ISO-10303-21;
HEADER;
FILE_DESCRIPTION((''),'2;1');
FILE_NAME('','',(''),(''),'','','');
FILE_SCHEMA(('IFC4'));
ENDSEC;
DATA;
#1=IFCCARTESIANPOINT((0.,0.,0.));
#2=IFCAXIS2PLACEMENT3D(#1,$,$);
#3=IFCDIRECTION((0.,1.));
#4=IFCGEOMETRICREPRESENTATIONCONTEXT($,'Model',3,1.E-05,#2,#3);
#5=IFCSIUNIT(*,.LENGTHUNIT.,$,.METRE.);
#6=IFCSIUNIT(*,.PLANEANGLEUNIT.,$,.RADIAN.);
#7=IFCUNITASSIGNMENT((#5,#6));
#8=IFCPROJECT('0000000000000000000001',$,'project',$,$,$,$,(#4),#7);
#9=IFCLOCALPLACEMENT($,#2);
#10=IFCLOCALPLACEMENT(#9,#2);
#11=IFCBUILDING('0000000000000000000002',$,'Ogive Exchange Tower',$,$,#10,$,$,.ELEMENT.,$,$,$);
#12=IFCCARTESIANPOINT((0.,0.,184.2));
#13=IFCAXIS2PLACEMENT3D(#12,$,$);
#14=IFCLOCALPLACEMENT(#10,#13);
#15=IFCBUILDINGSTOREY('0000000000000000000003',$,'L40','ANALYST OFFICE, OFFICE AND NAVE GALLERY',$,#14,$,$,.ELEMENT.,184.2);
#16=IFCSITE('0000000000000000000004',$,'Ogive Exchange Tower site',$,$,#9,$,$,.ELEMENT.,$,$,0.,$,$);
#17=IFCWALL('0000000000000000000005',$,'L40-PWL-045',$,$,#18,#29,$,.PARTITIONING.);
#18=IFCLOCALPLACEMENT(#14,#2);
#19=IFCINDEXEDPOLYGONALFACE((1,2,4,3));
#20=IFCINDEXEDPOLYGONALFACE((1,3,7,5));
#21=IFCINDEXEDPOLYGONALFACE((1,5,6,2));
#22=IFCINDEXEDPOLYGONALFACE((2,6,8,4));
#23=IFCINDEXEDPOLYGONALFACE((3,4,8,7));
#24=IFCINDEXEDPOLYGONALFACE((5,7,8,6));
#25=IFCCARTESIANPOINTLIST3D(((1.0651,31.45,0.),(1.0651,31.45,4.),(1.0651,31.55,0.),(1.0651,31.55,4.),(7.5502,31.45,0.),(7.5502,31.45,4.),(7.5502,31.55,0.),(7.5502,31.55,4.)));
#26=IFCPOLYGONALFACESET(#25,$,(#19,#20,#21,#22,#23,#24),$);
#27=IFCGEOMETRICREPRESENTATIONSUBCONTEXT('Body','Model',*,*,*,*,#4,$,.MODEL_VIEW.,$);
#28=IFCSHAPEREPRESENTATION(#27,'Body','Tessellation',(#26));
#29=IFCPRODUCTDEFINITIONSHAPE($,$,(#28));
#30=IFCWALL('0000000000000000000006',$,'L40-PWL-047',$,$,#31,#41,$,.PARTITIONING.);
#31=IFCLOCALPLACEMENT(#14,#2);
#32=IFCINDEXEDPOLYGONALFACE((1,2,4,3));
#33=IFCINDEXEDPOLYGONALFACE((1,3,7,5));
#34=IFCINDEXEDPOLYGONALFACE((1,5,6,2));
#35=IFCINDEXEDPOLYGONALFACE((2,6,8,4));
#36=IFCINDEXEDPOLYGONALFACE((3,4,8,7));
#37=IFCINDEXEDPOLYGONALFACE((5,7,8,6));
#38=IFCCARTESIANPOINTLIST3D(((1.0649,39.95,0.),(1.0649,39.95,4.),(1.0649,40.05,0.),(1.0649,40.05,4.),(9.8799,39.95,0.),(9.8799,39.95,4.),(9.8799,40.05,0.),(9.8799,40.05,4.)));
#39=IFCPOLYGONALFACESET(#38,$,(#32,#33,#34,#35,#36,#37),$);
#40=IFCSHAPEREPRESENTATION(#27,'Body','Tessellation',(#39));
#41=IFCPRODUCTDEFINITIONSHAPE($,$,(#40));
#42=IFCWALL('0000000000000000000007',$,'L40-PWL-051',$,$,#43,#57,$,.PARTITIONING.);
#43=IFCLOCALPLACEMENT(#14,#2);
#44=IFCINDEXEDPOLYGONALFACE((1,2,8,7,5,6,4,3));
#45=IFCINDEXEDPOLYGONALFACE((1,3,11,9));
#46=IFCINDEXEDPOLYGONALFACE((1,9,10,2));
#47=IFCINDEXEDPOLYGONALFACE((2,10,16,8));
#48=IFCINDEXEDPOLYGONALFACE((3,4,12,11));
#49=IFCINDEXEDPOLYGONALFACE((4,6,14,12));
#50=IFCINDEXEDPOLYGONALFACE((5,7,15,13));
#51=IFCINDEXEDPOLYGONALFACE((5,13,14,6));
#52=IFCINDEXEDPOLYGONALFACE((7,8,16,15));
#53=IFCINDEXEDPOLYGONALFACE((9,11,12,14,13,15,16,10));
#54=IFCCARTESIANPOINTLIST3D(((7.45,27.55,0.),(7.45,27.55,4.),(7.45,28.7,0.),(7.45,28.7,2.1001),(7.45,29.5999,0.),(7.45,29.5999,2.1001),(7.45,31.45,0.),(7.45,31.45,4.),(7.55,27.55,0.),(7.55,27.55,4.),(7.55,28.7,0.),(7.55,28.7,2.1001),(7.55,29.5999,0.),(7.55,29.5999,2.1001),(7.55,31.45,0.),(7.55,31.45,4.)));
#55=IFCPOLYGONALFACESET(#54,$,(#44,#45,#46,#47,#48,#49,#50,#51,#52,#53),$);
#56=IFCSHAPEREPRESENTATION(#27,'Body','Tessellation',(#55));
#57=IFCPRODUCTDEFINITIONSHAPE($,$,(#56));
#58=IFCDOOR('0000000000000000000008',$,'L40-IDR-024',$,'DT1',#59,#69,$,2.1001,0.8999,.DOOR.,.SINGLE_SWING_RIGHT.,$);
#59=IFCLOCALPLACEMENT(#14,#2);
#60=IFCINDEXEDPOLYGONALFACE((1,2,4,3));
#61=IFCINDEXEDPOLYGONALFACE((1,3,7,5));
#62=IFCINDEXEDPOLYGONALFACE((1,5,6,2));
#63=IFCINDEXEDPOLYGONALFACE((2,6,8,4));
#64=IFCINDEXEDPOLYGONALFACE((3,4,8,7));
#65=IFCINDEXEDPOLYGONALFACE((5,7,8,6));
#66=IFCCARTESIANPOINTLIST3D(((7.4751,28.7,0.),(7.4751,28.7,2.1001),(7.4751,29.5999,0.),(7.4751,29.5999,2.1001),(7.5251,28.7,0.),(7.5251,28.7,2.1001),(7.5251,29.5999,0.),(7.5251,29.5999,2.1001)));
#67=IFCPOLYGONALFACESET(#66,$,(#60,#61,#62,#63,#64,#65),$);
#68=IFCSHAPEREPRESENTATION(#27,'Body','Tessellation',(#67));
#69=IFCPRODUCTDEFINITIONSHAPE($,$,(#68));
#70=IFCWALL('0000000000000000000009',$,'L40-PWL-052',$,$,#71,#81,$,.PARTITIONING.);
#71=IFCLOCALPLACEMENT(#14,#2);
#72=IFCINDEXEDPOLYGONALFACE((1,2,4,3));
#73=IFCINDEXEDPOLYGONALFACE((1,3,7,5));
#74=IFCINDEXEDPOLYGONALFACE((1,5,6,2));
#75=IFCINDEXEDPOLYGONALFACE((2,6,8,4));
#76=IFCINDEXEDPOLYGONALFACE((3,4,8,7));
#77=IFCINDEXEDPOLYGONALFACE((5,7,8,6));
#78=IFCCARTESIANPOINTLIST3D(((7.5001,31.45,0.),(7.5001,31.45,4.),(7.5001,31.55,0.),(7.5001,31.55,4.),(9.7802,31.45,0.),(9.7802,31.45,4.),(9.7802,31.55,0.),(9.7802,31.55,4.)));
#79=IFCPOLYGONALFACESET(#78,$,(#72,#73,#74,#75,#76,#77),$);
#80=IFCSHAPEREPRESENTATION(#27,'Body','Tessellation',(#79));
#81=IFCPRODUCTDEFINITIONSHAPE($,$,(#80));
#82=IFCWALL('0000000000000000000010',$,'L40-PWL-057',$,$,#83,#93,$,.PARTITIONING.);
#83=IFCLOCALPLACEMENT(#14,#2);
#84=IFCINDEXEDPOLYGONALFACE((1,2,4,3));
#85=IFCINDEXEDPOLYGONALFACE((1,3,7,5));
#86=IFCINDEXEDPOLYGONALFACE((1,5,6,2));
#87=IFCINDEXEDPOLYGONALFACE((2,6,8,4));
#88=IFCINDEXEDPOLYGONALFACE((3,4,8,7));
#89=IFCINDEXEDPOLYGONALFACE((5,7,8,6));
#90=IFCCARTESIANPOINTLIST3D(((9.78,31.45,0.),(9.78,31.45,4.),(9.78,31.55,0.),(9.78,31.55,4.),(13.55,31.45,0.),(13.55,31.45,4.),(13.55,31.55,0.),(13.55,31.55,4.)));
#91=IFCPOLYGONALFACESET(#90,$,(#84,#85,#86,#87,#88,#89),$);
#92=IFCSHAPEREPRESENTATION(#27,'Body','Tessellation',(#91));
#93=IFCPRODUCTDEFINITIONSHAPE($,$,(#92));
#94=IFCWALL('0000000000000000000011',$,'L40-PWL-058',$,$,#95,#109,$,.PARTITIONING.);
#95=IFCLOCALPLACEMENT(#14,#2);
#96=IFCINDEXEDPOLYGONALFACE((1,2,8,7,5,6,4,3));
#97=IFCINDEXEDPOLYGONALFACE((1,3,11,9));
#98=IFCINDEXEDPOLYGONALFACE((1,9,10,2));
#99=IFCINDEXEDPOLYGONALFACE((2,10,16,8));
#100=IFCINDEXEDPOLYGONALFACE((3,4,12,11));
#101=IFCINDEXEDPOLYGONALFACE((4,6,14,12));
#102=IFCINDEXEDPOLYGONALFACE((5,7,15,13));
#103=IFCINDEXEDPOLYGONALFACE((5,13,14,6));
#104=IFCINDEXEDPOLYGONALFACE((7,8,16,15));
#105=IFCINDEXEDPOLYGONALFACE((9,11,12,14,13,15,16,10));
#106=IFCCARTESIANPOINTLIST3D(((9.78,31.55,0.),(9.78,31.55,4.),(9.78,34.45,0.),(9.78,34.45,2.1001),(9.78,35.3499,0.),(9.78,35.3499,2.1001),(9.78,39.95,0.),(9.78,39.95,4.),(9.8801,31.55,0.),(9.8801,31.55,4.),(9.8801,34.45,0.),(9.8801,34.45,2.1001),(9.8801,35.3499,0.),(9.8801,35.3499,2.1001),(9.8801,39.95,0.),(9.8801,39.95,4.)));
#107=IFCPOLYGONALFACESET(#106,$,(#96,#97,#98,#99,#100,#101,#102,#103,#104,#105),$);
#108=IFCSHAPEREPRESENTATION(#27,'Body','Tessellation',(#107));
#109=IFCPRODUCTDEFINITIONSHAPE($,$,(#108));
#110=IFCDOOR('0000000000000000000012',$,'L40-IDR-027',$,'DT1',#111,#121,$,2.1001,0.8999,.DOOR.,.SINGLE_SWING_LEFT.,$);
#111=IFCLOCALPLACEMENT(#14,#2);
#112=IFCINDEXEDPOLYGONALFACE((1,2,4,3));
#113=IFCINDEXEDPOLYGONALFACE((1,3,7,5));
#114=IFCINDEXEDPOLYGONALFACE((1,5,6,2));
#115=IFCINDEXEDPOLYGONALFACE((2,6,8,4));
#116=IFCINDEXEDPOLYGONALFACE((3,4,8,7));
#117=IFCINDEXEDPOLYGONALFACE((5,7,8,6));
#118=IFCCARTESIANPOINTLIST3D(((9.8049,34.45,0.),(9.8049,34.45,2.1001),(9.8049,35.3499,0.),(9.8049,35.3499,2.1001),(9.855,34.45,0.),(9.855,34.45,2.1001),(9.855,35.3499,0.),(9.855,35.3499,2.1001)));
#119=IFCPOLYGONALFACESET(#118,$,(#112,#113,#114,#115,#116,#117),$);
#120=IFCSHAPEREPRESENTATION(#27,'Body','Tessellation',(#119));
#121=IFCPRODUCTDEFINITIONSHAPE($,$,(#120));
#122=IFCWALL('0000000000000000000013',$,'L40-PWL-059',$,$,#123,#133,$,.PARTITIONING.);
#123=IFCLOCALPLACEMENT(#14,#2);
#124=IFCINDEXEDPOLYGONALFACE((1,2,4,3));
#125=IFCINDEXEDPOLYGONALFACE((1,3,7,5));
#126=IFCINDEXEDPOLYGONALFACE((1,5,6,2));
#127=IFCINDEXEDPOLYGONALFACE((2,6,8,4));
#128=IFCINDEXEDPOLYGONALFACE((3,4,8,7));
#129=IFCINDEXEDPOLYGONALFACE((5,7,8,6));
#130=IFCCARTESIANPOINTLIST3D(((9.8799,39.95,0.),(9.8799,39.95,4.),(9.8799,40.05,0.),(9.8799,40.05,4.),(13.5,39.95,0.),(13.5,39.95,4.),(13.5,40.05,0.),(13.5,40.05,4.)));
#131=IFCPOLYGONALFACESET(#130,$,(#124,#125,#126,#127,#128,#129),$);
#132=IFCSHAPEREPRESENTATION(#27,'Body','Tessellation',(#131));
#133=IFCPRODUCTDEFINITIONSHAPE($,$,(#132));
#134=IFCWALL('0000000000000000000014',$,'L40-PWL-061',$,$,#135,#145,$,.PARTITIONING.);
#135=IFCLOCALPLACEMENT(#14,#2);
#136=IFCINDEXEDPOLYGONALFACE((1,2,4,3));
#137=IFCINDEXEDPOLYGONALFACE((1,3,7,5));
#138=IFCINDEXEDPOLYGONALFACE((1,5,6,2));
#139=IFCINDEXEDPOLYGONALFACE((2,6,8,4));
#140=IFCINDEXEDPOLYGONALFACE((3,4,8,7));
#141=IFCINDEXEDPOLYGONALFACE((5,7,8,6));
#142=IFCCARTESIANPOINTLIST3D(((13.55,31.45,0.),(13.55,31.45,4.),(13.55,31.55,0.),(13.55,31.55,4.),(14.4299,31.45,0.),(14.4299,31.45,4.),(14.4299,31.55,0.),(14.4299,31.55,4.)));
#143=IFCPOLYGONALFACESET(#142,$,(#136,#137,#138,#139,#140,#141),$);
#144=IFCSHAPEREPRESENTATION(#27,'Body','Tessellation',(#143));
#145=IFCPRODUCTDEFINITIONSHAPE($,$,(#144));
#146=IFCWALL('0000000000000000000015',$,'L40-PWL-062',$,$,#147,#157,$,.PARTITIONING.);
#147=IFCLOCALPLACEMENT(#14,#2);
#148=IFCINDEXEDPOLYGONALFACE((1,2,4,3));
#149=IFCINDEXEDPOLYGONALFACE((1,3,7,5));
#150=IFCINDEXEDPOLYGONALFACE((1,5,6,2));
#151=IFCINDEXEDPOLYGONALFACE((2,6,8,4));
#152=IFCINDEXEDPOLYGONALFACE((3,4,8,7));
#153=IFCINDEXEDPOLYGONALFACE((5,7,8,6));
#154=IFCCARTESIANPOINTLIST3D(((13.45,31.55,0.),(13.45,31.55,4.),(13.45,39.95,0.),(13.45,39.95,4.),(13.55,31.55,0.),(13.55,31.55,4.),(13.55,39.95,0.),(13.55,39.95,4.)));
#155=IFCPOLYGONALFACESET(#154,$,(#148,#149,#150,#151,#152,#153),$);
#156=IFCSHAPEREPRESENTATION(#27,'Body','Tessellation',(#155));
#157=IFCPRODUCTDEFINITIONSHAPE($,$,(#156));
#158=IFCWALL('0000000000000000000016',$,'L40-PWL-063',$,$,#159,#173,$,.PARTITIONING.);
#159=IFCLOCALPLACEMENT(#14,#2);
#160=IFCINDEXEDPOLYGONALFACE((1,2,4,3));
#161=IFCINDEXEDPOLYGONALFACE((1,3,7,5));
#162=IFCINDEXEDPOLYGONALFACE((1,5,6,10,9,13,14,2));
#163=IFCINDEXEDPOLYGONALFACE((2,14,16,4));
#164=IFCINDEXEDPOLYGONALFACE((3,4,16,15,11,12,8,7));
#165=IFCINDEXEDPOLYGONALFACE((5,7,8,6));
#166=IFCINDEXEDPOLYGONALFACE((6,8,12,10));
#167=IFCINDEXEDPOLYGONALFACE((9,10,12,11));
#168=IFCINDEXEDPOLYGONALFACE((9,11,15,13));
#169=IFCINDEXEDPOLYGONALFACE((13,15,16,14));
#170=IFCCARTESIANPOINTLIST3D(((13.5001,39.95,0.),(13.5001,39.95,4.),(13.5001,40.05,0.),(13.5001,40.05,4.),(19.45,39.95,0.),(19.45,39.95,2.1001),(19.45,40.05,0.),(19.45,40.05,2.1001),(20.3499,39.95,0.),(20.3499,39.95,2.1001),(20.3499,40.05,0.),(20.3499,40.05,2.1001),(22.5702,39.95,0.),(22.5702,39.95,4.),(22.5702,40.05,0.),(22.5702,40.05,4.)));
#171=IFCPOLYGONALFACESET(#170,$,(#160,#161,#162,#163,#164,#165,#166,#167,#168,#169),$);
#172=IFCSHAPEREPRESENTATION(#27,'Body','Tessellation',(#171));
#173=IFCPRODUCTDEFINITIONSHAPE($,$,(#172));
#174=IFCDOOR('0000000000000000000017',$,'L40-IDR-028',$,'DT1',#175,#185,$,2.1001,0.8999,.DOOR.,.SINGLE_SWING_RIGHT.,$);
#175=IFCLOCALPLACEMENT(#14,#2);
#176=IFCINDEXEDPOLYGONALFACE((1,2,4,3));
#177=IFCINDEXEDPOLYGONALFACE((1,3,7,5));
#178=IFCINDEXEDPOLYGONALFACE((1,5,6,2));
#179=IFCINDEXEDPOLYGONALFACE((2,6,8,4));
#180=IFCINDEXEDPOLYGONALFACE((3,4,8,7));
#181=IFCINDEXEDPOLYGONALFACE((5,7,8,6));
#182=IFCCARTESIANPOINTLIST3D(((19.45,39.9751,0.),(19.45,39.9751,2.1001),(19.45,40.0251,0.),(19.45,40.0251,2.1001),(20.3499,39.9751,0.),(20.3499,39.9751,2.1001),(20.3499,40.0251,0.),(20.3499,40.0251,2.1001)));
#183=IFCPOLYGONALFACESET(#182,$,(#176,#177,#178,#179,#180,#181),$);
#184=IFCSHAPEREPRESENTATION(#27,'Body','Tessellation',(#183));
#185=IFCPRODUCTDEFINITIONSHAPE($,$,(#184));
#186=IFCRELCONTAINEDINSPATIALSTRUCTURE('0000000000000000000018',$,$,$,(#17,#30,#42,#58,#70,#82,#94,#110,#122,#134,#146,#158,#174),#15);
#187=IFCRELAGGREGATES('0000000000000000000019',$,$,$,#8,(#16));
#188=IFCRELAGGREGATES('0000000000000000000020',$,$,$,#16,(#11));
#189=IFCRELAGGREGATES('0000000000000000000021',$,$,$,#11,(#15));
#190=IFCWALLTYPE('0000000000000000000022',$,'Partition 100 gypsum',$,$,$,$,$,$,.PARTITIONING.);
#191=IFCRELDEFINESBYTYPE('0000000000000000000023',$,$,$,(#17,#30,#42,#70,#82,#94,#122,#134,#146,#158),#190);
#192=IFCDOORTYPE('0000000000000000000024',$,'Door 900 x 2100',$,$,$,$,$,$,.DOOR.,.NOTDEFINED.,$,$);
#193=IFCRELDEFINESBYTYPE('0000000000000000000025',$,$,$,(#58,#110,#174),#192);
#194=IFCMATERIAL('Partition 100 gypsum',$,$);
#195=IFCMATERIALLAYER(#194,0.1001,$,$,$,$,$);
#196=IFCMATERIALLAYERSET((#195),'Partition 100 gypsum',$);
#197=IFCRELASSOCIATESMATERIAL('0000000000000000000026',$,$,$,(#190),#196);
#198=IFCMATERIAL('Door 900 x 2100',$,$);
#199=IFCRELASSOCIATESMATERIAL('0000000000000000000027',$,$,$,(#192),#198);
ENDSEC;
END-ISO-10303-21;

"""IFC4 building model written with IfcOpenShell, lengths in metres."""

from ifc_helpers import new_model, si_unit, direction, frame, frame_2d, origin, place, context, subcontext, project, spatial, rectangle, extrude, material, layer, layer_set, type_object, element, fill, save


model = new_model("IFC4")

# Units and contexts
model_context = context("Model", 3, precision=1e-05, world=origin(), true_north=direction((0.0, 1.0)))
body_context = subcontext(model_context, "Body", "Model", "MODEL_VIEW")
ifc_project = project(units=[si_unit("LENGTHUNIT", "METRE"), si_unit("PLANEANGLEUNIT", "RADIAN")], contexts=[model_context])

# Site, building, storey
site_placement = place(None, origin())
site = spatial("IfcSite", under=ifc_project, at=site_placement, Name="Ogive Exchange Tower site", CompositionType="ELEMENT", RefElevation=0.0)
building_placement = place(site_placement, origin())
building = spatial("IfcBuilding", under=site, at=building_placement, Name="Ogive Exchange Tower", CompositionType="ELEMENT")
storey_placement = place(building_placement, frame((0.0, 0.0, 184.2)))
storey = spatial("IfcBuildingStorey", under=building, at=storey_placement, Name="L40", Description="ANALYST OFFICE, OFFICE AND NAVE GALLERY", CompositionType="ELEMENT", Elevation=184.2)

# Walls
ifc_material_1 = material(Name="Partition 100 gypsum")
ifc_layer_1 = layer(ifc_material_1, 0.1001)
ifc_layer_set_1 = layer_set([ifc_layer_1], Name="Partition 100 gypsum")
wall_type_1 = type_object("IfcWallType", Name="Partition 100 gypsum", PredefinedType="PARTITIONING", material=ifc_layer_set_1)
wall_1_placement = place(storey_placement, frame((1.0649, 31.5, 0.0), z_axis=(0.0, 0.0, 1.0), x_axis=(1.0, 0.0, 0.0)))
element("IfcWall", 1, at=wall_1_placement, inside=storey, type_object=wall_type_1, Name="L40-PWL-045", PredefinedType="PARTITIONING", context=body_context, shape_type="SweptSolid", body=[
    extrude(rectangle(XDim=6.4851, YDim=0.1001, at=frame_2d((3.2427, 0.0))), origin(), (0.0, 0.0, 1.0), 4.0),
])
wall_2_placement = place(storey_placement, frame((1.0649, 40.0, 0.0), z_axis=(0.0, 0.0, 1.0), x_axis=(1.0, 0.0, 0.0)))
element("IfcWall", 2, at=wall_2_placement, inside=storey, type_object=wall_type_1, Name="L40-PWL-047", PredefinedType="PARTITIONING", context=body_context, shape_type="SweptSolid", body=[
    extrude(rectangle(XDim=8.8149, YDim=0.1001, at=frame_2d((4.4075, 0.0))), origin(), (0.0, 0.0, 1.0), 4.0),
])

# Wall, opening, door
wall_3_placement = place(storey_placement, frame((7.5, 31.45, 0.0), z_axis=(0.0, 0.0, 1.0), x_axis=(0.0, -1.0, 0.0)))
wall_3 = element("IfcWall", 3, at=wall_3_placement, inside=storey, type_object=wall_type_1, Name="L40-PWL-051", PredefinedType="PARTITIONING", context=body_context, shape_type="SweptSolid", body=[
    extrude(rectangle(XDim=3.8999, YDim=0.1001, at=frame_2d((1.95, 0.0))), origin(), (0.0, 0.0, 1.0), 4.0),
])
opening_1_placement = place(wall_3_placement, frame((1.8501, 0.0, 0.0)))
opening_1 = element("IfcOpeningElement", 4, at=opening_1_placement, cuts=wall_3, PredefinedType="OPENING", context=body_context, shape_type="SweptSolid", body=[
    extrude(rectangle(XDim=0.8999, YDim=2.1001, at=frame_2d((0.45, 1.05))), frame((0.0, 0.0601, 0.0), z_axis=(0.0, -1.0, 0.0), x_axis=(1.0, 0.0, 0.0)), (0.0, 0.0, 1.0), 0.1201),
])
ifc_material_2 = material(Name="Door 900 x 2100")
door_type_1 = type_object("IfcDoorType", Name="Door 900 x 2100", OperationType="NOTDEFINED", PredefinedType="DOOR", material=ifc_material_2)
door_1_placement = place(opening_1_placement, frame((0.8999, 0.0, 0.0), z_axis=(0.0, 0.0, 1.0), x_axis=(-1.0, 0.0, 0.0)))
door_1 = element("IfcDoor", 5, at=door_1_placement, inside=storey, type_object=door_type_1, Name="L40-IDR-024", ObjectType="DT1", OperationType="SINGLE_SWING_RIGHT", OverallHeight=2.1001, OverallWidth=0.8999, PredefinedType="DOOR", context=body_context, shape_type="SweptSolid", body=[
    extrude(rectangle(XDim=0.8999, YDim=2.1001, at=frame_2d((0.45, 1.05))), frame((0.0, 0.0249, 0.0), z_axis=(0.0, -1.0, 0.0), x_axis=(1.0, 0.0, 0.0)), (0.0, 0.0, 1.0), 0.05),
])
fill(opening_1, door_1)

# Walls
wall_4_placement = place(storey_placement, frame((7.5, 31.5, 0.0), z_axis=(0.0, 0.0, 1.0), x_axis=(1.0, 0.0, 0.0)))
element("IfcWall", 6, at=wall_4_placement, inside=storey, type_object=wall_type_1, Name="L40-PWL-052", PredefinedType="PARTITIONING", context=body_context, shape_type="SweptSolid", body=[
    extrude(rectangle(XDim=2.28, YDim=0.1001, at=frame_2d((1.1401, 0.0))), origin(), (0.0, 0.0, 1.0), 4.0),
])
wall_5_placement = place(storey_placement, frame((9.78, 31.5, 0.0), z_axis=(0.0, 0.0, 1.0), x_axis=(1.0, 0.0, 0.0)))
element("IfcWall", 7, at=wall_5_placement, inside=storey, type_object=wall_type_1, Name="L40-PWL-057", PredefinedType="PARTITIONING", context=body_context, shape_type="SweptSolid", body=[
    extrude(rectangle(XDim=3.77, YDim=0.1001, at=frame_2d((1.885, 0.0))), origin(), (0.0, 0.0, 1.0), 4.0),
])

# Wall, opening, door
wall_6_placement = place(storey_placement, frame((9.8301, 39.95, 0.0), z_axis=(0.0, 0.0, 1.0), x_axis=(0.0, -1.0, 0.0)))
wall_6 = element("IfcWall", 8, at=wall_6_placement, inside=storey, type_object=wall_type_1, Name="L40-PWL-058", PredefinedType="PARTITIONING", context=body_context, shape_type="SweptSolid", body=[
    extrude(rectangle(XDim=8.3999, YDim=0.1001, at=frame_2d((4.2, 0.0))), origin(), (0.0, 0.0, 1.0), 4.0),
])
opening_2_placement = place(wall_6_placement, frame((4.6001, 0.0, 0.0)))
opening_2 = element("IfcOpeningElement", 9, at=opening_2_placement, cuts=wall_6, PredefinedType="OPENING", context=body_context, shape_type="SweptSolid", body=[
    extrude(rectangle(XDim=0.8999, YDim=2.1001, at=frame_2d((0.45, 1.05))), frame((0.0, 0.0601, 0.0), z_axis=(0.0, -1.0, 0.0), x_axis=(1.0, 0.0, 0.0)), (0.0, 0.0, 1.0), 0.1201),
])
door_2_placement = place(opening_2_placement, origin())
door_2 = element("IfcDoor", 10, at=door_2_placement, inside=storey, type_object=door_type_1, Name="L40-IDR-027", ObjectType="DT1", OperationType="SINGLE_SWING_LEFT", OverallHeight=2.1001, OverallWidth=0.8999, PredefinedType="DOOR", context=body_context, shape_type="SweptSolid", body=[
    extrude(rectangle(XDim=0.8999, YDim=2.1001, at=frame_2d((0.45, 1.05))), frame((0.0, 0.0249, 0.0), z_axis=(0.0, -1.0, 0.0), x_axis=(1.0, 0.0, 0.0)), (0.0, 0.0, 1.0), 0.05),
])
fill(opening_2, door_2)

# Walls
wall_7_placement = place(storey_placement, frame((9.8799, 40.0, 0.0), z_axis=(0.0, 0.0, 1.0), x_axis=(1.0, 0.0, 0.0)))
element("IfcWall", 11, at=wall_7_placement, inside=storey, type_object=wall_type_1, Name="L40-PWL-059", PredefinedType="PARTITIONING", context=body_context, shape_type="SweptSolid", body=[
    extrude(rectangle(XDim=3.6201, YDim=0.1001, at=frame_2d((1.8101, 0.0))), origin(), (0.0, 0.0, 1.0), 4.0),
])
wall_8_placement = place(storey_placement, frame((13.55, 31.5, 0.0), z_axis=(0.0, 0.0, 1.0), x_axis=(1.0, 0.0, 0.0)))
element("IfcWall", 12, at=wall_8_placement, inside=storey, type_object=wall_type_1, Name="L40-PWL-061", PredefinedType="PARTITIONING", context=body_context, shape_type="SweptSolid", body=[
    extrude(rectangle(XDim=0.8799, YDim=0.1001, at=frame_2d((0.4399, 0.0))), origin(), (0.0, 0.0, 1.0), 4.0),
])
wall_9_placement = place(storey_placement, frame((13.5, 39.95, 0.0), z_axis=(0.0, 0.0, 1.0), x_axis=(0.0, -1.0, 0.0)))
element("IfcWall", 13, at=wall_9_placement, inside=storey, type_object=wall_type_1, Name="L40-PWL-062", PredefinedType="PARTITIONING", context=body_context, shape_type="SweptSolid", body=[
    extrude(rectangle(XDim=8.3999, YDim=0.1001, at=frame_2d((4.2, 0.0))), origin(), (0.0, 0.0, 1.0), 4.0),
])

# Wall, opening, door
wall_10_placement = place(storey_placement, frame((13.5, 40.0, 0.0), z_axis=(0.0, 0.0, 1.0), x_axis=(1.0, 0.0, 0.0)))
wall_10 = element("IfcWall", 14, at=wall_10_placement, inside=storey, type_object=wall_type_1, Name="L40-PWL-063", PredefinedType="PARTITIONING", context=body_context, shape_type="SweptSolid", body=[
    extrude(rectangle(XDim=9.0701, YDim=0.1001, at=frame_2d((4.5352, 0.0))), origin(), (0.0, 0.0, 1.0), 4.0),
])
opening_3_placement = place(wall_10_placement, frame((5.95, 0.0, 0.0)))
opening_3 = element("IfcOpeningElement", 15, at=opening_3_placement, cuts=wall_10, PredefinedType="OPENING", context=body_context, shape_type="SweptSolid", body=[
    extrude(rectangle(XDim=0.8999, YDim=2.1001, at=frame_2d((0.45, 1.05))), frame((0.0, 0.0601, 0.0), z_axis=(0.0, -1.0, 0.0), x_axis=(1.0, 0.0, 0.0)), (0.0, 0.0, 1.0), 0.1201),
])
door_3_placement = place(opening_3_placement, frame((0.8999, 0.0, 0.0), z_axis=(0.0, 0.0, 1.0), x_axis=(-1.0, 0.0, 0.0)))
door_3 = element("IfcDoor", 16, at=door_3_placement, inside=storey, type_object=door_type_1, Name="L40-IDR-028", ObjectType="DT1", OperationType="SINGLE_SWING_RIGHT", OverallHeight=2.1001, OverallWidth=0.8999, PredefinedType="DOOR", context=body_context, shape_type="SweptSolid", body=[
    extrude(rectangle(XDim=0.8999, YDim=2.1001, at=frame_2d((0.45, 1.05))), frame((0.0, 0.0249, 0.0), z_axis=(0.0, -1.0, 0.0), x_axis=(1.0, 0.0, 0.0)), (0.0, 0.0, 1.0), 0.05),
])
fill(opening_3, door_3)

save(model, "model.ifc")
